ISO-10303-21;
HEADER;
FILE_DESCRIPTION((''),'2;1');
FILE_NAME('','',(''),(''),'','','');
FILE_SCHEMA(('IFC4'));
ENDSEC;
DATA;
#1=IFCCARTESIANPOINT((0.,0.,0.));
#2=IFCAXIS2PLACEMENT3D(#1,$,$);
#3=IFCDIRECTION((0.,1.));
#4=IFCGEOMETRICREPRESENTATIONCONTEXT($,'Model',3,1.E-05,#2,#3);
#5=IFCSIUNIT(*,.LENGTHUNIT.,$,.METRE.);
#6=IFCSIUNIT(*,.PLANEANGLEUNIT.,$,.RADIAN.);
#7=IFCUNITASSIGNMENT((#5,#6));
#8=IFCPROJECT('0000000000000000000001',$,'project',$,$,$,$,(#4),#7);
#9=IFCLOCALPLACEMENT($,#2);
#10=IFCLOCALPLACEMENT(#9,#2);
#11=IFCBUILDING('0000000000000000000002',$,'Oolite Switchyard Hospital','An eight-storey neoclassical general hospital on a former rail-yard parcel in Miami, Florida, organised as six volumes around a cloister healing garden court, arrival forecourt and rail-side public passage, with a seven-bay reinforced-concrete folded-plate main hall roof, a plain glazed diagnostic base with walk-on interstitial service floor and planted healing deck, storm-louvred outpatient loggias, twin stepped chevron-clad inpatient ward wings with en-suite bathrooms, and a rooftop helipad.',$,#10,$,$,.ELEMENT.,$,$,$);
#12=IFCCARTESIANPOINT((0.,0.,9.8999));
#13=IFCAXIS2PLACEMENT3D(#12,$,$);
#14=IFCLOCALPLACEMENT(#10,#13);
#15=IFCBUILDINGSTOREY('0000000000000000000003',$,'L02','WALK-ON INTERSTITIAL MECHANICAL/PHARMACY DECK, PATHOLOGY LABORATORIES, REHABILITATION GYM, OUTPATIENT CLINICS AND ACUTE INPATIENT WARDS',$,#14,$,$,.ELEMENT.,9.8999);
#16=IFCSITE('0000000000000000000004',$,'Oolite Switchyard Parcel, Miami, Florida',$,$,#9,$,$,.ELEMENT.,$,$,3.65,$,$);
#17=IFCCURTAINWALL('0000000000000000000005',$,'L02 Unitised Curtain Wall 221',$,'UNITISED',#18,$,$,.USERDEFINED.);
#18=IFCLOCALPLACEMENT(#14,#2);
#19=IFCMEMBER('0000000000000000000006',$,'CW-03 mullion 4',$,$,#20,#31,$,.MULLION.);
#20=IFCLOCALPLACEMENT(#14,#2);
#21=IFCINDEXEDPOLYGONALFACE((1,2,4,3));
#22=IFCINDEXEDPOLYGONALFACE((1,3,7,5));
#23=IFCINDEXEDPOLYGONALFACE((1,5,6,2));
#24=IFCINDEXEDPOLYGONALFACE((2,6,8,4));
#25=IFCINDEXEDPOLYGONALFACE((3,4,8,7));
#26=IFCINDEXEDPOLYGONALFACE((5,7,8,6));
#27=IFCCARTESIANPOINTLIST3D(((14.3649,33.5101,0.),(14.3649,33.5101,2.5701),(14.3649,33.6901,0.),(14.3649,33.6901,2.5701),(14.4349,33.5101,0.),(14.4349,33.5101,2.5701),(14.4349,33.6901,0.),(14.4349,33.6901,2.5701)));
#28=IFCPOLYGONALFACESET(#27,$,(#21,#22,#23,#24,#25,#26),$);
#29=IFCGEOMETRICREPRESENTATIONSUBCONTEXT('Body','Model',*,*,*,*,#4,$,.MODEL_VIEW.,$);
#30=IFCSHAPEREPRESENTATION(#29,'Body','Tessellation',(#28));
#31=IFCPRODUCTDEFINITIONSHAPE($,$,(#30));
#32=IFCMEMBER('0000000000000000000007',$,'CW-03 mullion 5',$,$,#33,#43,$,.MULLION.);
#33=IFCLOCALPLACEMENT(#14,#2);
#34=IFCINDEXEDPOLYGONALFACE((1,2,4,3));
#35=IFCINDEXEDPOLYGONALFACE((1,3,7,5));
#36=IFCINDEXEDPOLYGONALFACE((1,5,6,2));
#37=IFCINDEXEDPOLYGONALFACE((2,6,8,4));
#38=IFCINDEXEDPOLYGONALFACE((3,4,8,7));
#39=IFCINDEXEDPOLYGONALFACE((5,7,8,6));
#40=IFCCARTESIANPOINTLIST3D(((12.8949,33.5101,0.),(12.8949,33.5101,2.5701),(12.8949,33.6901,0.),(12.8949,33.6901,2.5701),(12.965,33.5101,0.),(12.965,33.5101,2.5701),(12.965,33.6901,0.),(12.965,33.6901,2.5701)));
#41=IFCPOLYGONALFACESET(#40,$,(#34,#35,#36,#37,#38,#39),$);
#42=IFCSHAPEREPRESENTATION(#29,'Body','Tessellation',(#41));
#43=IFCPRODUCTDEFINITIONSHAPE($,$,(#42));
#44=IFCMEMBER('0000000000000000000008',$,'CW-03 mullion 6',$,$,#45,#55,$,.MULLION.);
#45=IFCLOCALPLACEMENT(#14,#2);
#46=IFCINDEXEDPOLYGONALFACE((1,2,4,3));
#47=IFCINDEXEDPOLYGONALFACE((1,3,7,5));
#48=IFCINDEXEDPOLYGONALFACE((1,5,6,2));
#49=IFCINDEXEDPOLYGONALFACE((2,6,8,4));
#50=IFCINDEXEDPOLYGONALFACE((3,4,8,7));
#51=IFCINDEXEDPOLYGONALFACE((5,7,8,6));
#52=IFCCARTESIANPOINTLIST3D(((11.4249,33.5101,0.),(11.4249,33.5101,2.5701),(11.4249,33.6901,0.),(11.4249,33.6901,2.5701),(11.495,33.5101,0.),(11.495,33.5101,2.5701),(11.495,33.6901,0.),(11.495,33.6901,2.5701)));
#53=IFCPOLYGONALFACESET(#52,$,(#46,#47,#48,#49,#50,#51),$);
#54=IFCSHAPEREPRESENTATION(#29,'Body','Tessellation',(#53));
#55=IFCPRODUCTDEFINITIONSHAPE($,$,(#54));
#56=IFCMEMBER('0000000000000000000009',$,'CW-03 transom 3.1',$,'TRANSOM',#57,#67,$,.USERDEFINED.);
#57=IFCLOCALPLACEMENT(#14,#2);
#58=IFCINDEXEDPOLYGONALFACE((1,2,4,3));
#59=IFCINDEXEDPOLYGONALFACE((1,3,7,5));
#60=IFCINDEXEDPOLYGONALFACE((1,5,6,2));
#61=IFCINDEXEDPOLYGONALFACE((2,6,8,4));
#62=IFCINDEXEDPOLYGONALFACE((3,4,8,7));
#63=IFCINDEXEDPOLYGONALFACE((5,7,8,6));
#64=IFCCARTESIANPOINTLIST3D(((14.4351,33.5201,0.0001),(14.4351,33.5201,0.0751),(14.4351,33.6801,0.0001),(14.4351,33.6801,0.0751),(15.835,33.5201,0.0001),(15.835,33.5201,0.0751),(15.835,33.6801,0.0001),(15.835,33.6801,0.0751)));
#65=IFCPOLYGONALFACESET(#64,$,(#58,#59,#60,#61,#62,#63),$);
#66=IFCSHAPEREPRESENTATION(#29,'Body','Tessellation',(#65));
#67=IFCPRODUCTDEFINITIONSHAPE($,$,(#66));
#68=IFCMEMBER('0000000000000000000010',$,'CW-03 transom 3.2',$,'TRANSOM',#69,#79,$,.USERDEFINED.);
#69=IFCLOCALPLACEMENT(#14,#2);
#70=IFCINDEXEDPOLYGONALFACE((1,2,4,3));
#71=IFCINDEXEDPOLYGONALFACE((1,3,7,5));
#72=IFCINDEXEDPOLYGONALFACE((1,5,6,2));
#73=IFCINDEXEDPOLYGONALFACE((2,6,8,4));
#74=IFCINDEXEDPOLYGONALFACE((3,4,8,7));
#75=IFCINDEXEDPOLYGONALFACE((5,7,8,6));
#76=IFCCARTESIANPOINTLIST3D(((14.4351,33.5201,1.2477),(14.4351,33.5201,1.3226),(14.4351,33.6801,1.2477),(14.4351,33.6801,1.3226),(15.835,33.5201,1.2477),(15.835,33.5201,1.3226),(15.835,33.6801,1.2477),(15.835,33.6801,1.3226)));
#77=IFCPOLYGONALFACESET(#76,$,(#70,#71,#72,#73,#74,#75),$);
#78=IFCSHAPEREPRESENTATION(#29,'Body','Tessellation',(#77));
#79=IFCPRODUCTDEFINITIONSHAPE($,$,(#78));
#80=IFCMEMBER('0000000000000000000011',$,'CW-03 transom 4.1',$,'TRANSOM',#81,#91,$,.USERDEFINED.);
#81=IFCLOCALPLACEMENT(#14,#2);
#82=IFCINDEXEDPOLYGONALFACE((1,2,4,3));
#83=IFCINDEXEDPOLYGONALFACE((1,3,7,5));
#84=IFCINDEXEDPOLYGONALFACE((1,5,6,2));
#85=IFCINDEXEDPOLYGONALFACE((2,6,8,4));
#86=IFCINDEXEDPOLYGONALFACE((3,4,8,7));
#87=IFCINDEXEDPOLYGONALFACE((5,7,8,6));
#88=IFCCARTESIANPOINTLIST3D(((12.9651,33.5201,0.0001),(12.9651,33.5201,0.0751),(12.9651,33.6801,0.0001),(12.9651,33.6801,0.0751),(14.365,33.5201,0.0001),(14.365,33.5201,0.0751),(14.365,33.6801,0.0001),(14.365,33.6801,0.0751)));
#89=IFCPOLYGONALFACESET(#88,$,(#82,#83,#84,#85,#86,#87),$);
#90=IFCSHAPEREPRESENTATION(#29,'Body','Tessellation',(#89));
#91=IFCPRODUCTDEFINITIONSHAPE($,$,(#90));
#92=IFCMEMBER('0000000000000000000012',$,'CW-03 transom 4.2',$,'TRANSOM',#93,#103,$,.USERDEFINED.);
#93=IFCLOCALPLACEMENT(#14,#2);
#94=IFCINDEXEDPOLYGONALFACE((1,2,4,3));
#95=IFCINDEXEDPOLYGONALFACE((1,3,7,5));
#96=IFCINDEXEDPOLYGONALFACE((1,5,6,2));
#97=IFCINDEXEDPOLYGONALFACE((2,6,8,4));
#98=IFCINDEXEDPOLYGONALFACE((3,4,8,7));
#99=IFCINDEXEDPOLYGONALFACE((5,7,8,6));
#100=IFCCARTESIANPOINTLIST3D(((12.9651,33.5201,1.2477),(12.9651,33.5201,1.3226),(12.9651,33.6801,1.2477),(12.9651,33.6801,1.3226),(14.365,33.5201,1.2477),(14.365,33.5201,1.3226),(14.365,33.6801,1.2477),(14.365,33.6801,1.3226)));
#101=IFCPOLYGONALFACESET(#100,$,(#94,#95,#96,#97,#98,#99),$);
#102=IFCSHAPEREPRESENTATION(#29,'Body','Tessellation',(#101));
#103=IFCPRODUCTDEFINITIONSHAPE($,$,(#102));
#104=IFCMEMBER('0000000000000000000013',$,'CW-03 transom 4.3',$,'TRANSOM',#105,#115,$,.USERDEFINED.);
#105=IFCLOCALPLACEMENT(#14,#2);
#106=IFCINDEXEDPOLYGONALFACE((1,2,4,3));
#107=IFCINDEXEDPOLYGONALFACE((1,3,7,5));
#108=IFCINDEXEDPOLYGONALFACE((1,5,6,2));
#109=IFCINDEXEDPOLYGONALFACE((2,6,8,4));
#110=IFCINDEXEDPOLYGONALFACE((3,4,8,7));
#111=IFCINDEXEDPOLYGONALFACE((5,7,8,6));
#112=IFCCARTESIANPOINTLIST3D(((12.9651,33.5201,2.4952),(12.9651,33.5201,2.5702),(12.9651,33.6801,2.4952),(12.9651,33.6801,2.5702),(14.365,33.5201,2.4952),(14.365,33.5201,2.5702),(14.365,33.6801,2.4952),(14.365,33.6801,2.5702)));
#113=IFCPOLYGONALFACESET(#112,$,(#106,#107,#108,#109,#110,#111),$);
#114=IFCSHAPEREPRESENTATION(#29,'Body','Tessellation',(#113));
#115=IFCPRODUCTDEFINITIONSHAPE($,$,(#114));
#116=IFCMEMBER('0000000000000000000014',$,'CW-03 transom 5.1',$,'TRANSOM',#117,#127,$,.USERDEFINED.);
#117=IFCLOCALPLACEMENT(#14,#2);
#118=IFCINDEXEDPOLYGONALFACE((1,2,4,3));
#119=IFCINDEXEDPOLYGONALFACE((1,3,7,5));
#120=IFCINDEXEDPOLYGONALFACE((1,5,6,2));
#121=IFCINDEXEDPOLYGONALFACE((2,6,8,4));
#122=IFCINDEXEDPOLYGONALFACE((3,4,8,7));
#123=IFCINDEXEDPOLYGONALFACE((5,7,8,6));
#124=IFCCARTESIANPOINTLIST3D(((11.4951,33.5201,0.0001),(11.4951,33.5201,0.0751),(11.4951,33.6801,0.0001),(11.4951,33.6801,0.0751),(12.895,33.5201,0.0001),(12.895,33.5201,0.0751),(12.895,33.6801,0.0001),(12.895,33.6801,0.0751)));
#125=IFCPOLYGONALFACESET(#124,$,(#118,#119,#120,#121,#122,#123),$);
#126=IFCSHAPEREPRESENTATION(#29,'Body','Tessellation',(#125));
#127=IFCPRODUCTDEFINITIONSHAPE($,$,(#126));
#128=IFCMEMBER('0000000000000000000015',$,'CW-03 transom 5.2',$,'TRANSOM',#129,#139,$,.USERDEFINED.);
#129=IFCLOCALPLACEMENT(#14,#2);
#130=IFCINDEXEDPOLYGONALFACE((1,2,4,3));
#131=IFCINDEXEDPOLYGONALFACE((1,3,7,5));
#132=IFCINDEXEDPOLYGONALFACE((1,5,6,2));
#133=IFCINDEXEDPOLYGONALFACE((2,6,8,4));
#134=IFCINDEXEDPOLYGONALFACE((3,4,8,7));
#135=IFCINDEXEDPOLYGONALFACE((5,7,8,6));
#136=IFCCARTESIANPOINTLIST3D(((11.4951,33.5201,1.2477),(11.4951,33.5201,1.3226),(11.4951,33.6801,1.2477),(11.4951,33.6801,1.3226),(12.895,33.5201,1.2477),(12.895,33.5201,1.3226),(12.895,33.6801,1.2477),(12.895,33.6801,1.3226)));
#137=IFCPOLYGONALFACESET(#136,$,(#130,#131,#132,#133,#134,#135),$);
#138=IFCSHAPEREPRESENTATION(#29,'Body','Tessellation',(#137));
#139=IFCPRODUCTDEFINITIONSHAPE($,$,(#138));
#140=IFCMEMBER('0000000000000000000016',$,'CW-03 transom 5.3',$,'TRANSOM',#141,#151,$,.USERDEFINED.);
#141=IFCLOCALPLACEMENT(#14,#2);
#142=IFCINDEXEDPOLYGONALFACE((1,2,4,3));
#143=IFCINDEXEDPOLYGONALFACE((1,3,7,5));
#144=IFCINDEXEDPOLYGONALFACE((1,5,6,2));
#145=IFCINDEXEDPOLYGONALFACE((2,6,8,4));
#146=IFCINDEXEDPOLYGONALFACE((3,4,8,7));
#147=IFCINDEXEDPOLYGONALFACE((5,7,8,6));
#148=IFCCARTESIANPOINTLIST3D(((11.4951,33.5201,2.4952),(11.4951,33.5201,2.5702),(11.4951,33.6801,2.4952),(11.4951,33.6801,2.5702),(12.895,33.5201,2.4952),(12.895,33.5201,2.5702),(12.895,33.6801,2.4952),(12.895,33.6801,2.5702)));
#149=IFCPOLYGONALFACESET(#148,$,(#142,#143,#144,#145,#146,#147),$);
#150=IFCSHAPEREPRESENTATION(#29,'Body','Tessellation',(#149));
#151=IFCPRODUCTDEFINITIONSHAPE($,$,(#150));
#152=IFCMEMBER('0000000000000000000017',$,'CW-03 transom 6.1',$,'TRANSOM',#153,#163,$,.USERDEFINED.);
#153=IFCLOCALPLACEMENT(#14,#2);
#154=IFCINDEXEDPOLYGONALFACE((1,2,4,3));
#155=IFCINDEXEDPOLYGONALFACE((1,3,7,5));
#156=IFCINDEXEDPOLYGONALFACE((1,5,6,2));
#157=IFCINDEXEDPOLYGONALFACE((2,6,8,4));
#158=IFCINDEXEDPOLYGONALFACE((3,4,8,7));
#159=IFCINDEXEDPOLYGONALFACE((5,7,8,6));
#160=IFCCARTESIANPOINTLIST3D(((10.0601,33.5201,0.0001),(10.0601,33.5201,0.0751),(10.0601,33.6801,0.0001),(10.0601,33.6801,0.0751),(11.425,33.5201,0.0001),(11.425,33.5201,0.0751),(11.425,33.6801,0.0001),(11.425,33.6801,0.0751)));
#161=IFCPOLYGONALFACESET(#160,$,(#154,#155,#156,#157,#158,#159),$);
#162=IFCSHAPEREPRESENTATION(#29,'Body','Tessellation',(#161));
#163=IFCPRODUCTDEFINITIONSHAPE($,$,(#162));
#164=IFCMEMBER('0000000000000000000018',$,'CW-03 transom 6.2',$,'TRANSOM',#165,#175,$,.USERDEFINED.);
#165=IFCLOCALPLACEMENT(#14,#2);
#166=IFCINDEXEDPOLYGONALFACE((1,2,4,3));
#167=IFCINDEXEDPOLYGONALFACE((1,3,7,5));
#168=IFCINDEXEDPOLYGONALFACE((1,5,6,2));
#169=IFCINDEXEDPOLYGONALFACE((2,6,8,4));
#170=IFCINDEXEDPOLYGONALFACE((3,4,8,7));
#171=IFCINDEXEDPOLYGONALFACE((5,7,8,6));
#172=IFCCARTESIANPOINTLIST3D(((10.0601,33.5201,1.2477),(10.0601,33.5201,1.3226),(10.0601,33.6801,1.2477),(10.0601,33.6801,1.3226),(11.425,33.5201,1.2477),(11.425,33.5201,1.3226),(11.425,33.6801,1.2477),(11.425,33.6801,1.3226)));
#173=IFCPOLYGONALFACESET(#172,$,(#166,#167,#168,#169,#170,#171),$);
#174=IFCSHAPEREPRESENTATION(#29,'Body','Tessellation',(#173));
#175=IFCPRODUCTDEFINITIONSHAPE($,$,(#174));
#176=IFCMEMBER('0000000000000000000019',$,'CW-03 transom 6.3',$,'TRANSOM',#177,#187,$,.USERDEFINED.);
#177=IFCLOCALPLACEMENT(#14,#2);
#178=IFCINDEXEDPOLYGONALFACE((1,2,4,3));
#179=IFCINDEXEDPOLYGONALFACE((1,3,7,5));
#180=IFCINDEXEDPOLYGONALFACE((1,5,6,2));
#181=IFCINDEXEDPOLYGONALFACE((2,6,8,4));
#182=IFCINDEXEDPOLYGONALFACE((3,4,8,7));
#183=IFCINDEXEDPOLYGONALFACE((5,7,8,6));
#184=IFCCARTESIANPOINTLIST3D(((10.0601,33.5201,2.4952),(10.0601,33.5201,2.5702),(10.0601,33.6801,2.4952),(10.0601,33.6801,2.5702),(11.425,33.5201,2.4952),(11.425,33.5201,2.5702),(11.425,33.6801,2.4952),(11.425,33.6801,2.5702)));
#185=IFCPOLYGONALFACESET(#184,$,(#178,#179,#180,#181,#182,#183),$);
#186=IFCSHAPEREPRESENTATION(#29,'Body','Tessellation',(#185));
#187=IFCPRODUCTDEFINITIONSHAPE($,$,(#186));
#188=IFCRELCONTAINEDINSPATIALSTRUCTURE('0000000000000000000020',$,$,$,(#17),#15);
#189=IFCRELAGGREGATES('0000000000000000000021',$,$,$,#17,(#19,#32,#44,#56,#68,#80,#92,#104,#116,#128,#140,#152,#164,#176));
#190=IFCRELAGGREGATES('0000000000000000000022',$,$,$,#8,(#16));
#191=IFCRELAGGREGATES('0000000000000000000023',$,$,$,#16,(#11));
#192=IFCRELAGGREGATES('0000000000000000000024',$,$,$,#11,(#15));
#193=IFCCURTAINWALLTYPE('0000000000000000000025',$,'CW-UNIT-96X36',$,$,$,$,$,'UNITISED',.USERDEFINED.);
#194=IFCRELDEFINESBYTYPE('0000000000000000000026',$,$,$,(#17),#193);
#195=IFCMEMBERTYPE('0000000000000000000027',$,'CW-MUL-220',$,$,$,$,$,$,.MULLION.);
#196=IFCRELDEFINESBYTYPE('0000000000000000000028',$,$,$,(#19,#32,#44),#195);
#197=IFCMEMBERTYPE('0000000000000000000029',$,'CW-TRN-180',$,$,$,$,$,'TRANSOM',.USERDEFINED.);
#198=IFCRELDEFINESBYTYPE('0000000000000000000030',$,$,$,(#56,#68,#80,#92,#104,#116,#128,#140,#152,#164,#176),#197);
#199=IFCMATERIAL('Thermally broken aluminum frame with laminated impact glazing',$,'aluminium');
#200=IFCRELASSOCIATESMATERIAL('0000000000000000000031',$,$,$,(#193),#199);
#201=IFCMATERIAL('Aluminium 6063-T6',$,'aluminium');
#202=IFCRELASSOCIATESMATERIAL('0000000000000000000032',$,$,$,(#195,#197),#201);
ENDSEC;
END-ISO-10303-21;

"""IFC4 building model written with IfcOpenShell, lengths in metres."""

from ifc_helpers import new_model, si_unit, direction, frame, origin, origin_2d, place, context, subcontext, project, spatial, rectangle, extrude, material, material_profile, profile_set, type_object, element, aggregate, save


model = new_model("IFC4")

# Units and contexts
model_context = context("Model", 3, precision=1e-05, world=origin(), true_north=direction((0.0, 1.0)))
body_context = subcontext(model_context, "Body", "Model", "MODEL_VIEW")
ifc_project = project(units=[si_unit("LENGTHUNIT", "METRE"), si_unit("PLANEANGLEUNIT", "RADIAN")], contexts=[model_context])

# Site, building, storey
site_placement = place(None, origin())
site = spatial("IfcSite", under=ifc_project, at=site_placement, Name="Oolite Switchyard Parcel, Miami, Florida", CompositionType="ELEMENT", RefElevation=3.65)
building_placement = place(site_placement, origin())
building = spatial("IfcBuilding", under=site, at=building_placement, Name="Oolite Switchyard Hospital", Description="An eight-storey neoclassical general hospital on a former rail-yard parcel in Miami, Florida, organised as six volumes around a cloister healing garden court, arrival forecourt and rail-side public passage, with a seven-bay reinforced-concrete folded-plate main hall roof, a plain glazed diagnostic base with walk-on interstitial service floor and planted healing deck, storm-louvred outpatient loggias, twin stepped chevron-clad inpatient ward wings with en-suite bathrooms, and a rooftop helipad.", CompositionType="ELEMENT")
storey_placement = place(building_placement, frame((0.0, 0.0, 9.8999)))
storey = spatial("IfcBuildingStorey", under=building, at=storey_placement, Name="L02", Description="WALK-ON INTERSTITIAL MECHANICAL/PHARMACY DECK, PATHOLOGY LABORATORIES, REHABILITATION GYM, OUTPATIENT CLINICS AND ACUTE INPATIENT WARDS", CompositionType="ELEMENT", Elevation=9.8999)

# Curtain wall, members
ifc_material_1 = material(Name="Thermally broken aluminum frame with laminated impact glazing", Category="aluminium")
curtain_wall_type = type_object("IfcCurtainWallType", Name="CW-UNIT-96X36", ElementType="UNITISED", PredefinedType="USERDEFINED", material=ifc_material_1)
curtain_wall_placement = place(storey_placement, origin())
curtain_wall = element("IfcCurtainWall", 1, at=curtain_wall_placement, inside=storey, type_object=curtain_wall_type, Name="L02 Unitised Curtain Wall 221", ObjectType="UNITISED", PredefinedType="USERDEFINED")
ifc_material_2 = material(Name="Aluminium 6063-T6", Category="aluminium")
ifc_material_profile_1 = material_profile(ifc_material_2, rectangle(XDim=0.1799, YDim=0.0701, at=origin_2d()), Name="CWM70X180")
ifc_profile_set_1 = profile_set([ifc_material_profile_1], Name="Aluminium 6063-T6")
member_type_1 = type_object("IfcMemberType", Name="CW-MUL-220", PredefinedType="MULLION", material=ifc_profile_set_1)
member_1_placement = place(storey_placement, frame((14.3999, 33.6001, 0.0), z_axis=(0.0, 0.0, 1.0), x_axis=(0.0, -1.0, 0.0)))
member_1 = element("IfcMember", 2, at=member_1_placement, type_object=member_type_1, Name="CW-03 mullion 4", PredefinedType="MULLION", context=body_context, shape_type="SweptSolid", body=[
    extrude(rectangle(XDim=0.1799, YDim=0.0701, at=origin_2d()), origin(), (0.0, 0.0, 1.0), 2.5701),
])
member_2_placement = place(storey_placement, frame((12.9299, 33.6001, 0.0), z_axis=(0.0, 0.0, 1.0), x_axis=(0.0, -1.0, 0.0)))
member_2 = element("IfcMember", 3, at=member_2_placement, type_object=member_type_1, Name="CW-03 mullion 5", PredefinedType="MULLION", context=body_context, shape_type="SweptSolid", body=[
    extrude(rectangle(XDim=0.1799, YDim=0.0701, at=origin_2d()), origin(), (0.0, 0.0, 1.0), 2.5701),
])
member_3_placement = place(storey_placement, frame((11.46, 33.6001, 0.0), z_axis=(0.0, 0.0, 1.0), x_axis=(0.0, -1.0, 0.0)))
member_3 = element("IfcMember", 4, at=member_3_placement, type_object=member_type_1, Name="CW-03 mullion 6", PredefinedType="MULLION", context=body_context, shape_type="SweptSolid", body=[
    extrude(rectangle(XDim=0.1799, YDim=0.0701, at=origin_2d()), origin(), (0.0, 0.0, 1.0), 2.5701),
])
ifc_material_profile_2 = material_profile(ifc_material_2, rectangle(XDim=0.1599, YDim=0.075, at=origin_2d()), Name="CWT75X160")
ifc_profile_set_2 = profile_set([ifc_material_profile_2], Name="Aluminium 6063-T6")
member_type_2 = type_object("IfcMemberType", Name="CW-TRN-180", ElementType="TRANSOM", PredefinedType="USERDEFINED", material=ifc_profile_set_2)
member_4_placement = place(storey_placement, frame((15.835, 33.6001, 0.0376), z_axis=(-1.0, 0.0, 0.0), x_axis=(0.0, -1.0, 0.0)))
member_4 = element("IfcMember", 5, at=member_4_placement, type_object=member_type_2, Name="CW-03 transom 3.1", ObjectType="TRANSOM", PredefinedType="USERDEFINED", context=body_context, shape_type="SweptSolid", body=[
    extrude(rectangle(XDim=0.1599, YDim=0.075, at=origin_2d()), origin(), (0.0, 0.0, 1.0), 1.3999),
])
member_5_placement = place(storey_placement, frame((15.835, 33.6001, 1.2852), z_axis=(-1.0, 0.0, 0.0), x_axis=(0.0, -1.0, 0.0)))
member_5 = element("IfcMember", 6, at=member_5_placement, type_object=member_type_2, Name="CW-03 transom 3.2", ObjectType="TRANSOM", PredefinedType="USERDEFINED", context=body_context, shape_type="SweptSolid", body=[
    extrude(rectangle(XDim=0.1599, YDim=0.075, at=origin_2d()), origin(), (0.0, 0.0, 1.0), 1.3999),
])
member_6_placement = place(storey_placement, frame((14.365, 33.6001, 0.0376), z_axis=(-1.0, 0.0, 0.0), x_axis=(0.0, -1.0, 0.0)))
member_6 = element("IfcMember", 7, at=member_6_placement, type_object=member_type_2, Name="CW-03 transom 4.1", ObjectType="TRANSOM", PredefinedType="USERDEFINED", context=body_context, shape_type="SweptSolid", body=[
    extrude(rectangle(XDim=0.1599, YDim=0.075, at=origin_2d()), origin(), (0.0, 0.0, 1.0), 1.3999),
])
member_7_placement = place(storey_placement, frame((14.365, 33.6001, 1.2852), z_axis=(-1.0, 0.0, 0.0), x_axis=(0.0, -1.0, 0.0)))
member_7 = element("IfcMember", 8, at=member_7_placement, type_object=member_type_2, Name="CW-03 transom 4.2", ObjectType="TRANSOM", PredefinedType="USERDEFINED", context=body_context, shape_type="SweptSolid", body=[
    extrude(rectangle(XDim=0.1599, YDim=0.075, at=origin_2d()), origin(), (0.0, 0.0, 1.0), 1.3999),
])
member_8_placement = place(storey_placement, frame((14.365, 33.6001, 2.5327), z_axis=(-1.0, 0.0, 0.0), x_axis=(0.0, -1.0, 0.0)))
member_8 = element("IfcMember", 9, at=member_8_placement, type_object=member_type_2, Name="CW-03 transom 4.3", ObjectType="TRANSOM", PredefinedType="USERDEFINED", context=body_context, shape_type="SweptSolid", body=[
    extrude(rectangle(XDim=0.1599, YDim=0.075, at=origin_2d()), origin(), (0.0, 0.0, 1.0), 1.3999),
])
member_9_placement = place(storey_placement, frame((12.895, 33.6001, 0.0376), z_axis=(-1.0, 0.0, 0.0), x_axis=(0.0, -1.0, 0.0)))
member_9 = element("IfcMember", 10, at=member_9_placement, type_object=member_type_2, Name="CW-03 transom 5.1", ObjectType="TRANSOM", PredefinedType="USERDEFINED", context=body_context, shape_type="SweptSolid", body=[
    extrude(rectangle(XDim=0.1599, YDim=0.075, at=origin_2d()), origin(), (0.0, 0.0, 1.0), 1.3999),
])
member_10_placement = place(storey_placement, frame((12.895, 33.6001, 1.2852), z_axis=(-1.0, 0.0, 0.0), x_axis=(0.0, -1.0, 0.0)))
member_10 = element("IfcMember", 11, at=member_10_placement, type_object=member_type_2, Name="CW-03 transom 5.2", ObjectType="TRANSOM", PredefinedType="USERDEFINED", context=body_context, shape_type="SweptSolid", body=[
    extrude(rectangle(XDim=0.1599, YDim=0.075, at=origin_2d()), origin(), (0.0, 0.0, 1.0), 1.3999),
])
member_11_placement = place(storey_placement, frame((12.895, 33.6001, 2.5327), z_axis=(-1.0, 0.0, 0.0), x_axis=(0.0, -1.0, 0.0)))
member_11 = element("IfcMember", 12, at=member_11_placement, type_object=member_type_2, Name="CW-03 transom 5.3", ObjectType="TRANSOM", PredefinedType="USERDEFINED", context=body_context, shape_type="SweptSolid", body=[
    extrude(rectangle(XDim=0.1599, YDim=0.075, at=origin_2d()), origin(), (0.0, 0.0, 1.0), 1.3999),
])
member_12_placement = place(storey_placement, frame((11.425, 33.6001, 0.0376), z_axis=(-1.0, 0.0, 0.0), x_axis=(0.0, -1.0, 0.0)))
member_12 = element("IfcMember", 13, at=member_12_placement, type_object=member_type_2, Name="CW-03 transom 6.1", ObjectType="TRANSOM", PredefinedType="USERDEFINED", context=body_context, shape_type="SweptSolid", body=[
    extrude(rectangle(XDim=0.1599, YDim=0.075, at=origin_2d()), origin(), (0.0, 0.0, 1.0), 1.365),
])
member_13_placement = place(storey_placement, frame((11.425, 33.6001, 1.2852), z_axis=(-1.0, 0.0, 0.0), x_axis=(0.0, -1.0, 0.0)))
member_13 = element("IfcMember", 14, at=member_13_placement, type_object=member_type_2, Name="CW-03 transom 6.2", ObjectType="TRANSOM", PredefinedType="USERDEFINED", context=body_context, shape_type="SweptSolid", body=[
    extrude(rectangle(XDim=0.1599, YDim=0.075, at=origin_2d()), origin(), (0.0, 0.0, 1.0), 1.365),
])
member_14_placement = place(storey_placement, frame((11.425, 33.6001, 2.5327), z_axis=(-1.0, 0.0, 0.0), x_axis=(0.0, -1.0, 0.0)))
member_14 = element("IfcMember", 15, at=member_14_placement, type_object=member_type_2, Name="CW-03 transom 6.3", ObjectType="TRANSOM", PredefinedType="USERDEFINED", context=body_context, shape_type="SweptSolid", body=[
    extrude(rectangle(XDim=0.1599, YDim=0.075, at=origin_2d()), origin(), (0.0, 0.0, 1.0), 1.365),
])
aggregate(curtain_wall, [member_1, member_2, member_3, member_4, member_5, member_6, member_7, member_8, member_9, member_10, member_11, member_12, member_13, member_14])

save(model, "model.ifc")
